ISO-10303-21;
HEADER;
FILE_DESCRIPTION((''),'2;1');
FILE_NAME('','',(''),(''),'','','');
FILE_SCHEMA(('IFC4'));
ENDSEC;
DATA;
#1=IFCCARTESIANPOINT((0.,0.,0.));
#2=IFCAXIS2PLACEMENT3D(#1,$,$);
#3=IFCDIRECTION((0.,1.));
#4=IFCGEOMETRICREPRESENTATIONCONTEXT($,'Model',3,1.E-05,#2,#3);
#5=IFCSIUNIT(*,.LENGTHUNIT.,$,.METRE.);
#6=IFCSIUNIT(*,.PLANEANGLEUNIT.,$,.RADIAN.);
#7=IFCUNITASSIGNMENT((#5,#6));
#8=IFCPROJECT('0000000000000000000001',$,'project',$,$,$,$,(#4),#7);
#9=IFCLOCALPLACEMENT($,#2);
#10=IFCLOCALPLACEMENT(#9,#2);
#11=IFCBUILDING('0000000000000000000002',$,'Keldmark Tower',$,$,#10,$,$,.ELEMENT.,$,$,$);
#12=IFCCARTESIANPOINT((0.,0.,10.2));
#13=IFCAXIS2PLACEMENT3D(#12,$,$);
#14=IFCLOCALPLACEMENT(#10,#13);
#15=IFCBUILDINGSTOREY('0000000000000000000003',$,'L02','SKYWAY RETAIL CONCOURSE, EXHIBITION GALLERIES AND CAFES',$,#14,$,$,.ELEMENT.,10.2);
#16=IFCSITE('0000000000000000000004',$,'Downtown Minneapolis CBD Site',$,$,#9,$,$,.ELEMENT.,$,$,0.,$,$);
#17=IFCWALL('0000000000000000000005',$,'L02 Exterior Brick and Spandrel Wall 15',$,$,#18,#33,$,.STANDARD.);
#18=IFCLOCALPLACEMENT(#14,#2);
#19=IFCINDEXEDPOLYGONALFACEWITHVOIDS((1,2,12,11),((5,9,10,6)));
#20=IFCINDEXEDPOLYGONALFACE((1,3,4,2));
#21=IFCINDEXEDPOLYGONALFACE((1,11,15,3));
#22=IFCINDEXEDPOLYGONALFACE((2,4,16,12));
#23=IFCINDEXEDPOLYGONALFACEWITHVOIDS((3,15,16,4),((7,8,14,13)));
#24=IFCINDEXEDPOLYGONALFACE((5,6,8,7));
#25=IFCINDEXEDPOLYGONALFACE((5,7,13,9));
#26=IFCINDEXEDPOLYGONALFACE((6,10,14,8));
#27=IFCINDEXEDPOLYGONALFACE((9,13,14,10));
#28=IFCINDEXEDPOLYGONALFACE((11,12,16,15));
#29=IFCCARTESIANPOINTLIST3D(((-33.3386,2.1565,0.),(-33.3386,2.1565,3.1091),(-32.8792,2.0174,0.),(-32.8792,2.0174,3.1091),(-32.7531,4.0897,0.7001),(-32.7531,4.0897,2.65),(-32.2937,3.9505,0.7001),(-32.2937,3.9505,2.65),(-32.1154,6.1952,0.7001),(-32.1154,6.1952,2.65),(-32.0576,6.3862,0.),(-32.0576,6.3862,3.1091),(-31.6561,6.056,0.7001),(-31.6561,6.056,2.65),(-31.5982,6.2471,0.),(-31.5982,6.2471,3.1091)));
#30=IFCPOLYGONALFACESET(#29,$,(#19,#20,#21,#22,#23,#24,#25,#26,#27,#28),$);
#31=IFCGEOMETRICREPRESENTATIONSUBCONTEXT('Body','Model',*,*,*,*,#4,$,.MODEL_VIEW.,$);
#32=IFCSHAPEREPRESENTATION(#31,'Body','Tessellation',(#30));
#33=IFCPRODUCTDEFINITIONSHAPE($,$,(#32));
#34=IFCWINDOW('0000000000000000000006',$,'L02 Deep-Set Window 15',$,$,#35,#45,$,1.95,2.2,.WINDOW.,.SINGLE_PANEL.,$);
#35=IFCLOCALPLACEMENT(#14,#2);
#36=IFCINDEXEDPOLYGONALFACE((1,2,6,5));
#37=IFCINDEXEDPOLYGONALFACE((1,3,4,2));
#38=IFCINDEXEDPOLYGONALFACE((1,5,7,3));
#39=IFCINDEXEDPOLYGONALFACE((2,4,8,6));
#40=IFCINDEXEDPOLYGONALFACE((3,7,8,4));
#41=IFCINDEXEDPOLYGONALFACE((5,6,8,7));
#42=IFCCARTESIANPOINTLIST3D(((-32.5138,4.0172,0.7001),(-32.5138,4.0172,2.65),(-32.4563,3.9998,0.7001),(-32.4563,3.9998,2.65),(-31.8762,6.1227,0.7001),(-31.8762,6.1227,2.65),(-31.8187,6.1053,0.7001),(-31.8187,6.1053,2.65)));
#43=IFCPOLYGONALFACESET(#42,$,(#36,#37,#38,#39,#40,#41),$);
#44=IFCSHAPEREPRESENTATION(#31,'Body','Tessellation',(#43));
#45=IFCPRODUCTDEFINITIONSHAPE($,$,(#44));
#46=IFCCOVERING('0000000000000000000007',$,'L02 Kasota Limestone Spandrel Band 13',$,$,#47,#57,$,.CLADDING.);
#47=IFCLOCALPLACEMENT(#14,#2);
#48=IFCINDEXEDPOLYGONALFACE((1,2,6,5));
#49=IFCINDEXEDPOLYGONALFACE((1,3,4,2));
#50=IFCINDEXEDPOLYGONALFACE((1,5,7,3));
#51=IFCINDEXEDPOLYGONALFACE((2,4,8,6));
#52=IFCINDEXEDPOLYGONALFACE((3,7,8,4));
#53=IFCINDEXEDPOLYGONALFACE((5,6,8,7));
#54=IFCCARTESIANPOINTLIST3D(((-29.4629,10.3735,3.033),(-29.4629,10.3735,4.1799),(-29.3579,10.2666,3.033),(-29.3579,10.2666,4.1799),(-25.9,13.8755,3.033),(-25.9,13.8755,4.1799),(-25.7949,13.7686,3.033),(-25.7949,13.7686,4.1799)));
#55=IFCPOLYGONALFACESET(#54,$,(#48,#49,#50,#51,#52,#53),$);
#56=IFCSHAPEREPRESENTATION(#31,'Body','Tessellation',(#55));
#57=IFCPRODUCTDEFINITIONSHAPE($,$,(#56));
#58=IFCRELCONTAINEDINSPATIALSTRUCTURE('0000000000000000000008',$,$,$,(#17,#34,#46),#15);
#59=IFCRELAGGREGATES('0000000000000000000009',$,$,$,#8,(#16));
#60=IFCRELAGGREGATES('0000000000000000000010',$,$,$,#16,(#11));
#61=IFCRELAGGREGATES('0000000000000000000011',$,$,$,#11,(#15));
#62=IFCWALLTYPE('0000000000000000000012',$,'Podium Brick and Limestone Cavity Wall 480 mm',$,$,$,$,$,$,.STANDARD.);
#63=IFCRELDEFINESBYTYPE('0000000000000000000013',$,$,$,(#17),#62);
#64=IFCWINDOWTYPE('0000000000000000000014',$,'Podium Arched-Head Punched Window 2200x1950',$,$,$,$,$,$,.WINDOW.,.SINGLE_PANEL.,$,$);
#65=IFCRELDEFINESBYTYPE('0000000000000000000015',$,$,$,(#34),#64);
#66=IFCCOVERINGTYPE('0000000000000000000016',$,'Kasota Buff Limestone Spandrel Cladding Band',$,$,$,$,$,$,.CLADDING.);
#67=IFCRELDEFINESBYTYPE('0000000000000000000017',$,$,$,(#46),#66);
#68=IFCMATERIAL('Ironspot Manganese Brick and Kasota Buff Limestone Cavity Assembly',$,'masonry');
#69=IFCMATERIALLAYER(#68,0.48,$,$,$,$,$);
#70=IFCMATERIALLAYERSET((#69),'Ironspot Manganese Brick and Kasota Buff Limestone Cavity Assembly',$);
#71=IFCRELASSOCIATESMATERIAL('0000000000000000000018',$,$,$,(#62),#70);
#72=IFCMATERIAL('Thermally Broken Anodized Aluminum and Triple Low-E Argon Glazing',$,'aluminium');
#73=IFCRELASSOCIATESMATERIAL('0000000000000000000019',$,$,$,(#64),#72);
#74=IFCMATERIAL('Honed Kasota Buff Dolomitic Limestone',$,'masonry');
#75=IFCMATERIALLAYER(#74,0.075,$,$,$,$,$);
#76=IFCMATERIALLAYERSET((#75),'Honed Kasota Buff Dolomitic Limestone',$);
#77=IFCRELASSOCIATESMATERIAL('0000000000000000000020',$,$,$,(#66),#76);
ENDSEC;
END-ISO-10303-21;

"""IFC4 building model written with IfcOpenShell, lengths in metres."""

from ifc_helpers import new_model, si_unit, direction, frame, frame_2d, origin, origin_2d, place, context, subcontext, project, spatial, rectangle, extrude, material, layer, layer_set, type_object, element, fill, save


model = new_model("IFC4")

# Units and contexts
model_context = context("Model", 3, precision=1e-05, world=origin(), true_north=direction((0.0, 1.0)))
body_context = subcontext(model_context, "Body", "Model", "MODEL_VIEW")
ifc_project = project(units=[si_unit("LENGTHUNIT", "METRE"), si_unit("PLANEANGLEUNIT", "RADIAN")], contexts=[model_context])

# Site, building, storey
site_placement = place(None, origin())
site = spatial("IfcSite", under=ifc_project, at=site_placement, Name="Downtown Minneapolis CBD Site", CompositionType="ELEMENT", RefElevation=0.0)
building_placement = place(site_placement, origin())
building = spatial("IfcBuilding", under=site, at=building_placement, Name="Keldmark Tower", CompositionType="ELEMENT")
storey_placement = place(building_placement, frame((0.0, 0.0, 10.2)))
storey = spatial("IfcBuildingStorey", under=building, at=storey_placement, Name="L02", Description="SKYWAY RETAIL CONCOURSE, EXHIBITION GALLERIES AND CAFES", CompositionType="ELEMENT", Elevation=10.2)

# Wall, opening, window
ifc_material_1 = material(Name="Ironspot Manganese Brick and Kasota Buff Limestone Cavity Assembly", Category="masonry")
ifc_layer_1 = layer(ifc_material_1, 0.48)
ifc_layer_set_1 = layer_set([ifc_layer_1], Name="Ironspot Manganese Brick and Kasota Buff Limestone Cavity Assembly")
wall_type_1 = type_object("IfcWallType", Name="Podium Brick and Limestone Cavity Wall 480 mm", PredefinedType="STANDARD", material=ifc_layer_set_1)
ifc_material_2 = material(Name="Thermally Broken Anodized Aluminum and Triple Low-E Argon Glazing", Category="aluminium")
window_type = type_object("IfcWindowType", Name="Podium Arched-Head Punched Window 2200x1950", PartitioningType="SINGLE_PANEL", PredefinedType="WINDOW", material=ifc_material_2)
wall_1_placement = place(storey_placement, frame((-33.1089, 2.0869, 0.0), z_axis=(0.0, 0.0, 1.0), x_axis=(0.289856, 0.95707, 0.0)))
wall_1 = element("IfcWall", 1, at=wall_1_placement, inside=storey, type_object=wall_type_1, Name="L02 Exterior Brick and Spandrel Wall 15", PredefinedType="STANDARD", context=body_context, shape_type="SweptSolid", body=[
    extrude(rectangle(XDim=4.4194, YDim=0.48, at=frame_2d((2.2097, 0.0))), origin(), (0.0, 0.0, 1.0), 3.1091),
])
opening_1_placement = place(wall_1_placement, frame((2.0198, 0.0, 0.7)))
opening_1 = element("IfcOpeningElement", 2, at=opening_1_placement, cuts=wall_1, PredefinedType="OPENING", context=body_context, shape_type="SweptSolid", body=[
    extrude(rectangle(XDim=2.2, YDim=1.95, at=frame_2d((1.1001, 0.9751))), frame((0.0, 0.25, 0.0), z_axis=(0.0, -1.0, 0.0), x_axis=(1.0, 0.0, 0.0)), (0.0, 0.0, 1.0), 0.5),
])
window_1_placement = place(opening_1_placement, origin())
window_1 = element("IfcWindow", 3, at=window_1_placement, inside=storey, type_object=window_type, Name="L02 Deep-Set Window 15", OverallHeight=1.95, OverallWidth=2.2, PartitioningType="SINGLE_PANEL", PredefinedType="WINDOW", context=body_context, shape_type="SweptSolid", body=[
    extrude(rectangle(XDim=2.2, YDim=1.95, at=frame_2d((1.1001, 0.9751))), frame((0.0, -0.01, 0.0), z_axis=(0.0, -1.0, 0.0), x_axis=(1.0, 0.0, 0.0)), (0.0, 0.0, 1.0), 0.0601),
])
fill(opening_1, window_1)

# Covering
ifc_material_3 = material(Name="Honed Kasota Buff Dolomitic Limestone", Category="masonry")
ifc_layer_2 = layer(ifc_material_3, 0.075)
ifc_layer_set_2 = layer_set([ifc_layer_2], Name="Honed Kasota Buff Dolomitic Limestone")
covering_type = type_object("IfcCoveringType", Name="Kasota Buff Limestone Spandrel Cladding Band", PredefinedType="CLADDING", material=ifc_layer_set_2)
covering_placement = place(storey_placement, frame((-27.6289, 12.071, 3.033), z_axis=(0.0, 0.0, 1.0), x_axis=(-0.713189, -0.700972, 0.0)))
element("IfcCovering", 4, at=covering_placement, inside=storey, type_object=covering_type, Name="L02 Kasota Limestone Spandrel Band 13", PredefinedType="CLADDING", context=body_context, shape_type="SweptSolid", body=[
    extrude(rectangle(XDim=4.9958, YDim=0.1499, at=origin_2d()), origin(), (0.0, 0.0, 1.0), 1.147),
])

save(model, "model.ifc")
